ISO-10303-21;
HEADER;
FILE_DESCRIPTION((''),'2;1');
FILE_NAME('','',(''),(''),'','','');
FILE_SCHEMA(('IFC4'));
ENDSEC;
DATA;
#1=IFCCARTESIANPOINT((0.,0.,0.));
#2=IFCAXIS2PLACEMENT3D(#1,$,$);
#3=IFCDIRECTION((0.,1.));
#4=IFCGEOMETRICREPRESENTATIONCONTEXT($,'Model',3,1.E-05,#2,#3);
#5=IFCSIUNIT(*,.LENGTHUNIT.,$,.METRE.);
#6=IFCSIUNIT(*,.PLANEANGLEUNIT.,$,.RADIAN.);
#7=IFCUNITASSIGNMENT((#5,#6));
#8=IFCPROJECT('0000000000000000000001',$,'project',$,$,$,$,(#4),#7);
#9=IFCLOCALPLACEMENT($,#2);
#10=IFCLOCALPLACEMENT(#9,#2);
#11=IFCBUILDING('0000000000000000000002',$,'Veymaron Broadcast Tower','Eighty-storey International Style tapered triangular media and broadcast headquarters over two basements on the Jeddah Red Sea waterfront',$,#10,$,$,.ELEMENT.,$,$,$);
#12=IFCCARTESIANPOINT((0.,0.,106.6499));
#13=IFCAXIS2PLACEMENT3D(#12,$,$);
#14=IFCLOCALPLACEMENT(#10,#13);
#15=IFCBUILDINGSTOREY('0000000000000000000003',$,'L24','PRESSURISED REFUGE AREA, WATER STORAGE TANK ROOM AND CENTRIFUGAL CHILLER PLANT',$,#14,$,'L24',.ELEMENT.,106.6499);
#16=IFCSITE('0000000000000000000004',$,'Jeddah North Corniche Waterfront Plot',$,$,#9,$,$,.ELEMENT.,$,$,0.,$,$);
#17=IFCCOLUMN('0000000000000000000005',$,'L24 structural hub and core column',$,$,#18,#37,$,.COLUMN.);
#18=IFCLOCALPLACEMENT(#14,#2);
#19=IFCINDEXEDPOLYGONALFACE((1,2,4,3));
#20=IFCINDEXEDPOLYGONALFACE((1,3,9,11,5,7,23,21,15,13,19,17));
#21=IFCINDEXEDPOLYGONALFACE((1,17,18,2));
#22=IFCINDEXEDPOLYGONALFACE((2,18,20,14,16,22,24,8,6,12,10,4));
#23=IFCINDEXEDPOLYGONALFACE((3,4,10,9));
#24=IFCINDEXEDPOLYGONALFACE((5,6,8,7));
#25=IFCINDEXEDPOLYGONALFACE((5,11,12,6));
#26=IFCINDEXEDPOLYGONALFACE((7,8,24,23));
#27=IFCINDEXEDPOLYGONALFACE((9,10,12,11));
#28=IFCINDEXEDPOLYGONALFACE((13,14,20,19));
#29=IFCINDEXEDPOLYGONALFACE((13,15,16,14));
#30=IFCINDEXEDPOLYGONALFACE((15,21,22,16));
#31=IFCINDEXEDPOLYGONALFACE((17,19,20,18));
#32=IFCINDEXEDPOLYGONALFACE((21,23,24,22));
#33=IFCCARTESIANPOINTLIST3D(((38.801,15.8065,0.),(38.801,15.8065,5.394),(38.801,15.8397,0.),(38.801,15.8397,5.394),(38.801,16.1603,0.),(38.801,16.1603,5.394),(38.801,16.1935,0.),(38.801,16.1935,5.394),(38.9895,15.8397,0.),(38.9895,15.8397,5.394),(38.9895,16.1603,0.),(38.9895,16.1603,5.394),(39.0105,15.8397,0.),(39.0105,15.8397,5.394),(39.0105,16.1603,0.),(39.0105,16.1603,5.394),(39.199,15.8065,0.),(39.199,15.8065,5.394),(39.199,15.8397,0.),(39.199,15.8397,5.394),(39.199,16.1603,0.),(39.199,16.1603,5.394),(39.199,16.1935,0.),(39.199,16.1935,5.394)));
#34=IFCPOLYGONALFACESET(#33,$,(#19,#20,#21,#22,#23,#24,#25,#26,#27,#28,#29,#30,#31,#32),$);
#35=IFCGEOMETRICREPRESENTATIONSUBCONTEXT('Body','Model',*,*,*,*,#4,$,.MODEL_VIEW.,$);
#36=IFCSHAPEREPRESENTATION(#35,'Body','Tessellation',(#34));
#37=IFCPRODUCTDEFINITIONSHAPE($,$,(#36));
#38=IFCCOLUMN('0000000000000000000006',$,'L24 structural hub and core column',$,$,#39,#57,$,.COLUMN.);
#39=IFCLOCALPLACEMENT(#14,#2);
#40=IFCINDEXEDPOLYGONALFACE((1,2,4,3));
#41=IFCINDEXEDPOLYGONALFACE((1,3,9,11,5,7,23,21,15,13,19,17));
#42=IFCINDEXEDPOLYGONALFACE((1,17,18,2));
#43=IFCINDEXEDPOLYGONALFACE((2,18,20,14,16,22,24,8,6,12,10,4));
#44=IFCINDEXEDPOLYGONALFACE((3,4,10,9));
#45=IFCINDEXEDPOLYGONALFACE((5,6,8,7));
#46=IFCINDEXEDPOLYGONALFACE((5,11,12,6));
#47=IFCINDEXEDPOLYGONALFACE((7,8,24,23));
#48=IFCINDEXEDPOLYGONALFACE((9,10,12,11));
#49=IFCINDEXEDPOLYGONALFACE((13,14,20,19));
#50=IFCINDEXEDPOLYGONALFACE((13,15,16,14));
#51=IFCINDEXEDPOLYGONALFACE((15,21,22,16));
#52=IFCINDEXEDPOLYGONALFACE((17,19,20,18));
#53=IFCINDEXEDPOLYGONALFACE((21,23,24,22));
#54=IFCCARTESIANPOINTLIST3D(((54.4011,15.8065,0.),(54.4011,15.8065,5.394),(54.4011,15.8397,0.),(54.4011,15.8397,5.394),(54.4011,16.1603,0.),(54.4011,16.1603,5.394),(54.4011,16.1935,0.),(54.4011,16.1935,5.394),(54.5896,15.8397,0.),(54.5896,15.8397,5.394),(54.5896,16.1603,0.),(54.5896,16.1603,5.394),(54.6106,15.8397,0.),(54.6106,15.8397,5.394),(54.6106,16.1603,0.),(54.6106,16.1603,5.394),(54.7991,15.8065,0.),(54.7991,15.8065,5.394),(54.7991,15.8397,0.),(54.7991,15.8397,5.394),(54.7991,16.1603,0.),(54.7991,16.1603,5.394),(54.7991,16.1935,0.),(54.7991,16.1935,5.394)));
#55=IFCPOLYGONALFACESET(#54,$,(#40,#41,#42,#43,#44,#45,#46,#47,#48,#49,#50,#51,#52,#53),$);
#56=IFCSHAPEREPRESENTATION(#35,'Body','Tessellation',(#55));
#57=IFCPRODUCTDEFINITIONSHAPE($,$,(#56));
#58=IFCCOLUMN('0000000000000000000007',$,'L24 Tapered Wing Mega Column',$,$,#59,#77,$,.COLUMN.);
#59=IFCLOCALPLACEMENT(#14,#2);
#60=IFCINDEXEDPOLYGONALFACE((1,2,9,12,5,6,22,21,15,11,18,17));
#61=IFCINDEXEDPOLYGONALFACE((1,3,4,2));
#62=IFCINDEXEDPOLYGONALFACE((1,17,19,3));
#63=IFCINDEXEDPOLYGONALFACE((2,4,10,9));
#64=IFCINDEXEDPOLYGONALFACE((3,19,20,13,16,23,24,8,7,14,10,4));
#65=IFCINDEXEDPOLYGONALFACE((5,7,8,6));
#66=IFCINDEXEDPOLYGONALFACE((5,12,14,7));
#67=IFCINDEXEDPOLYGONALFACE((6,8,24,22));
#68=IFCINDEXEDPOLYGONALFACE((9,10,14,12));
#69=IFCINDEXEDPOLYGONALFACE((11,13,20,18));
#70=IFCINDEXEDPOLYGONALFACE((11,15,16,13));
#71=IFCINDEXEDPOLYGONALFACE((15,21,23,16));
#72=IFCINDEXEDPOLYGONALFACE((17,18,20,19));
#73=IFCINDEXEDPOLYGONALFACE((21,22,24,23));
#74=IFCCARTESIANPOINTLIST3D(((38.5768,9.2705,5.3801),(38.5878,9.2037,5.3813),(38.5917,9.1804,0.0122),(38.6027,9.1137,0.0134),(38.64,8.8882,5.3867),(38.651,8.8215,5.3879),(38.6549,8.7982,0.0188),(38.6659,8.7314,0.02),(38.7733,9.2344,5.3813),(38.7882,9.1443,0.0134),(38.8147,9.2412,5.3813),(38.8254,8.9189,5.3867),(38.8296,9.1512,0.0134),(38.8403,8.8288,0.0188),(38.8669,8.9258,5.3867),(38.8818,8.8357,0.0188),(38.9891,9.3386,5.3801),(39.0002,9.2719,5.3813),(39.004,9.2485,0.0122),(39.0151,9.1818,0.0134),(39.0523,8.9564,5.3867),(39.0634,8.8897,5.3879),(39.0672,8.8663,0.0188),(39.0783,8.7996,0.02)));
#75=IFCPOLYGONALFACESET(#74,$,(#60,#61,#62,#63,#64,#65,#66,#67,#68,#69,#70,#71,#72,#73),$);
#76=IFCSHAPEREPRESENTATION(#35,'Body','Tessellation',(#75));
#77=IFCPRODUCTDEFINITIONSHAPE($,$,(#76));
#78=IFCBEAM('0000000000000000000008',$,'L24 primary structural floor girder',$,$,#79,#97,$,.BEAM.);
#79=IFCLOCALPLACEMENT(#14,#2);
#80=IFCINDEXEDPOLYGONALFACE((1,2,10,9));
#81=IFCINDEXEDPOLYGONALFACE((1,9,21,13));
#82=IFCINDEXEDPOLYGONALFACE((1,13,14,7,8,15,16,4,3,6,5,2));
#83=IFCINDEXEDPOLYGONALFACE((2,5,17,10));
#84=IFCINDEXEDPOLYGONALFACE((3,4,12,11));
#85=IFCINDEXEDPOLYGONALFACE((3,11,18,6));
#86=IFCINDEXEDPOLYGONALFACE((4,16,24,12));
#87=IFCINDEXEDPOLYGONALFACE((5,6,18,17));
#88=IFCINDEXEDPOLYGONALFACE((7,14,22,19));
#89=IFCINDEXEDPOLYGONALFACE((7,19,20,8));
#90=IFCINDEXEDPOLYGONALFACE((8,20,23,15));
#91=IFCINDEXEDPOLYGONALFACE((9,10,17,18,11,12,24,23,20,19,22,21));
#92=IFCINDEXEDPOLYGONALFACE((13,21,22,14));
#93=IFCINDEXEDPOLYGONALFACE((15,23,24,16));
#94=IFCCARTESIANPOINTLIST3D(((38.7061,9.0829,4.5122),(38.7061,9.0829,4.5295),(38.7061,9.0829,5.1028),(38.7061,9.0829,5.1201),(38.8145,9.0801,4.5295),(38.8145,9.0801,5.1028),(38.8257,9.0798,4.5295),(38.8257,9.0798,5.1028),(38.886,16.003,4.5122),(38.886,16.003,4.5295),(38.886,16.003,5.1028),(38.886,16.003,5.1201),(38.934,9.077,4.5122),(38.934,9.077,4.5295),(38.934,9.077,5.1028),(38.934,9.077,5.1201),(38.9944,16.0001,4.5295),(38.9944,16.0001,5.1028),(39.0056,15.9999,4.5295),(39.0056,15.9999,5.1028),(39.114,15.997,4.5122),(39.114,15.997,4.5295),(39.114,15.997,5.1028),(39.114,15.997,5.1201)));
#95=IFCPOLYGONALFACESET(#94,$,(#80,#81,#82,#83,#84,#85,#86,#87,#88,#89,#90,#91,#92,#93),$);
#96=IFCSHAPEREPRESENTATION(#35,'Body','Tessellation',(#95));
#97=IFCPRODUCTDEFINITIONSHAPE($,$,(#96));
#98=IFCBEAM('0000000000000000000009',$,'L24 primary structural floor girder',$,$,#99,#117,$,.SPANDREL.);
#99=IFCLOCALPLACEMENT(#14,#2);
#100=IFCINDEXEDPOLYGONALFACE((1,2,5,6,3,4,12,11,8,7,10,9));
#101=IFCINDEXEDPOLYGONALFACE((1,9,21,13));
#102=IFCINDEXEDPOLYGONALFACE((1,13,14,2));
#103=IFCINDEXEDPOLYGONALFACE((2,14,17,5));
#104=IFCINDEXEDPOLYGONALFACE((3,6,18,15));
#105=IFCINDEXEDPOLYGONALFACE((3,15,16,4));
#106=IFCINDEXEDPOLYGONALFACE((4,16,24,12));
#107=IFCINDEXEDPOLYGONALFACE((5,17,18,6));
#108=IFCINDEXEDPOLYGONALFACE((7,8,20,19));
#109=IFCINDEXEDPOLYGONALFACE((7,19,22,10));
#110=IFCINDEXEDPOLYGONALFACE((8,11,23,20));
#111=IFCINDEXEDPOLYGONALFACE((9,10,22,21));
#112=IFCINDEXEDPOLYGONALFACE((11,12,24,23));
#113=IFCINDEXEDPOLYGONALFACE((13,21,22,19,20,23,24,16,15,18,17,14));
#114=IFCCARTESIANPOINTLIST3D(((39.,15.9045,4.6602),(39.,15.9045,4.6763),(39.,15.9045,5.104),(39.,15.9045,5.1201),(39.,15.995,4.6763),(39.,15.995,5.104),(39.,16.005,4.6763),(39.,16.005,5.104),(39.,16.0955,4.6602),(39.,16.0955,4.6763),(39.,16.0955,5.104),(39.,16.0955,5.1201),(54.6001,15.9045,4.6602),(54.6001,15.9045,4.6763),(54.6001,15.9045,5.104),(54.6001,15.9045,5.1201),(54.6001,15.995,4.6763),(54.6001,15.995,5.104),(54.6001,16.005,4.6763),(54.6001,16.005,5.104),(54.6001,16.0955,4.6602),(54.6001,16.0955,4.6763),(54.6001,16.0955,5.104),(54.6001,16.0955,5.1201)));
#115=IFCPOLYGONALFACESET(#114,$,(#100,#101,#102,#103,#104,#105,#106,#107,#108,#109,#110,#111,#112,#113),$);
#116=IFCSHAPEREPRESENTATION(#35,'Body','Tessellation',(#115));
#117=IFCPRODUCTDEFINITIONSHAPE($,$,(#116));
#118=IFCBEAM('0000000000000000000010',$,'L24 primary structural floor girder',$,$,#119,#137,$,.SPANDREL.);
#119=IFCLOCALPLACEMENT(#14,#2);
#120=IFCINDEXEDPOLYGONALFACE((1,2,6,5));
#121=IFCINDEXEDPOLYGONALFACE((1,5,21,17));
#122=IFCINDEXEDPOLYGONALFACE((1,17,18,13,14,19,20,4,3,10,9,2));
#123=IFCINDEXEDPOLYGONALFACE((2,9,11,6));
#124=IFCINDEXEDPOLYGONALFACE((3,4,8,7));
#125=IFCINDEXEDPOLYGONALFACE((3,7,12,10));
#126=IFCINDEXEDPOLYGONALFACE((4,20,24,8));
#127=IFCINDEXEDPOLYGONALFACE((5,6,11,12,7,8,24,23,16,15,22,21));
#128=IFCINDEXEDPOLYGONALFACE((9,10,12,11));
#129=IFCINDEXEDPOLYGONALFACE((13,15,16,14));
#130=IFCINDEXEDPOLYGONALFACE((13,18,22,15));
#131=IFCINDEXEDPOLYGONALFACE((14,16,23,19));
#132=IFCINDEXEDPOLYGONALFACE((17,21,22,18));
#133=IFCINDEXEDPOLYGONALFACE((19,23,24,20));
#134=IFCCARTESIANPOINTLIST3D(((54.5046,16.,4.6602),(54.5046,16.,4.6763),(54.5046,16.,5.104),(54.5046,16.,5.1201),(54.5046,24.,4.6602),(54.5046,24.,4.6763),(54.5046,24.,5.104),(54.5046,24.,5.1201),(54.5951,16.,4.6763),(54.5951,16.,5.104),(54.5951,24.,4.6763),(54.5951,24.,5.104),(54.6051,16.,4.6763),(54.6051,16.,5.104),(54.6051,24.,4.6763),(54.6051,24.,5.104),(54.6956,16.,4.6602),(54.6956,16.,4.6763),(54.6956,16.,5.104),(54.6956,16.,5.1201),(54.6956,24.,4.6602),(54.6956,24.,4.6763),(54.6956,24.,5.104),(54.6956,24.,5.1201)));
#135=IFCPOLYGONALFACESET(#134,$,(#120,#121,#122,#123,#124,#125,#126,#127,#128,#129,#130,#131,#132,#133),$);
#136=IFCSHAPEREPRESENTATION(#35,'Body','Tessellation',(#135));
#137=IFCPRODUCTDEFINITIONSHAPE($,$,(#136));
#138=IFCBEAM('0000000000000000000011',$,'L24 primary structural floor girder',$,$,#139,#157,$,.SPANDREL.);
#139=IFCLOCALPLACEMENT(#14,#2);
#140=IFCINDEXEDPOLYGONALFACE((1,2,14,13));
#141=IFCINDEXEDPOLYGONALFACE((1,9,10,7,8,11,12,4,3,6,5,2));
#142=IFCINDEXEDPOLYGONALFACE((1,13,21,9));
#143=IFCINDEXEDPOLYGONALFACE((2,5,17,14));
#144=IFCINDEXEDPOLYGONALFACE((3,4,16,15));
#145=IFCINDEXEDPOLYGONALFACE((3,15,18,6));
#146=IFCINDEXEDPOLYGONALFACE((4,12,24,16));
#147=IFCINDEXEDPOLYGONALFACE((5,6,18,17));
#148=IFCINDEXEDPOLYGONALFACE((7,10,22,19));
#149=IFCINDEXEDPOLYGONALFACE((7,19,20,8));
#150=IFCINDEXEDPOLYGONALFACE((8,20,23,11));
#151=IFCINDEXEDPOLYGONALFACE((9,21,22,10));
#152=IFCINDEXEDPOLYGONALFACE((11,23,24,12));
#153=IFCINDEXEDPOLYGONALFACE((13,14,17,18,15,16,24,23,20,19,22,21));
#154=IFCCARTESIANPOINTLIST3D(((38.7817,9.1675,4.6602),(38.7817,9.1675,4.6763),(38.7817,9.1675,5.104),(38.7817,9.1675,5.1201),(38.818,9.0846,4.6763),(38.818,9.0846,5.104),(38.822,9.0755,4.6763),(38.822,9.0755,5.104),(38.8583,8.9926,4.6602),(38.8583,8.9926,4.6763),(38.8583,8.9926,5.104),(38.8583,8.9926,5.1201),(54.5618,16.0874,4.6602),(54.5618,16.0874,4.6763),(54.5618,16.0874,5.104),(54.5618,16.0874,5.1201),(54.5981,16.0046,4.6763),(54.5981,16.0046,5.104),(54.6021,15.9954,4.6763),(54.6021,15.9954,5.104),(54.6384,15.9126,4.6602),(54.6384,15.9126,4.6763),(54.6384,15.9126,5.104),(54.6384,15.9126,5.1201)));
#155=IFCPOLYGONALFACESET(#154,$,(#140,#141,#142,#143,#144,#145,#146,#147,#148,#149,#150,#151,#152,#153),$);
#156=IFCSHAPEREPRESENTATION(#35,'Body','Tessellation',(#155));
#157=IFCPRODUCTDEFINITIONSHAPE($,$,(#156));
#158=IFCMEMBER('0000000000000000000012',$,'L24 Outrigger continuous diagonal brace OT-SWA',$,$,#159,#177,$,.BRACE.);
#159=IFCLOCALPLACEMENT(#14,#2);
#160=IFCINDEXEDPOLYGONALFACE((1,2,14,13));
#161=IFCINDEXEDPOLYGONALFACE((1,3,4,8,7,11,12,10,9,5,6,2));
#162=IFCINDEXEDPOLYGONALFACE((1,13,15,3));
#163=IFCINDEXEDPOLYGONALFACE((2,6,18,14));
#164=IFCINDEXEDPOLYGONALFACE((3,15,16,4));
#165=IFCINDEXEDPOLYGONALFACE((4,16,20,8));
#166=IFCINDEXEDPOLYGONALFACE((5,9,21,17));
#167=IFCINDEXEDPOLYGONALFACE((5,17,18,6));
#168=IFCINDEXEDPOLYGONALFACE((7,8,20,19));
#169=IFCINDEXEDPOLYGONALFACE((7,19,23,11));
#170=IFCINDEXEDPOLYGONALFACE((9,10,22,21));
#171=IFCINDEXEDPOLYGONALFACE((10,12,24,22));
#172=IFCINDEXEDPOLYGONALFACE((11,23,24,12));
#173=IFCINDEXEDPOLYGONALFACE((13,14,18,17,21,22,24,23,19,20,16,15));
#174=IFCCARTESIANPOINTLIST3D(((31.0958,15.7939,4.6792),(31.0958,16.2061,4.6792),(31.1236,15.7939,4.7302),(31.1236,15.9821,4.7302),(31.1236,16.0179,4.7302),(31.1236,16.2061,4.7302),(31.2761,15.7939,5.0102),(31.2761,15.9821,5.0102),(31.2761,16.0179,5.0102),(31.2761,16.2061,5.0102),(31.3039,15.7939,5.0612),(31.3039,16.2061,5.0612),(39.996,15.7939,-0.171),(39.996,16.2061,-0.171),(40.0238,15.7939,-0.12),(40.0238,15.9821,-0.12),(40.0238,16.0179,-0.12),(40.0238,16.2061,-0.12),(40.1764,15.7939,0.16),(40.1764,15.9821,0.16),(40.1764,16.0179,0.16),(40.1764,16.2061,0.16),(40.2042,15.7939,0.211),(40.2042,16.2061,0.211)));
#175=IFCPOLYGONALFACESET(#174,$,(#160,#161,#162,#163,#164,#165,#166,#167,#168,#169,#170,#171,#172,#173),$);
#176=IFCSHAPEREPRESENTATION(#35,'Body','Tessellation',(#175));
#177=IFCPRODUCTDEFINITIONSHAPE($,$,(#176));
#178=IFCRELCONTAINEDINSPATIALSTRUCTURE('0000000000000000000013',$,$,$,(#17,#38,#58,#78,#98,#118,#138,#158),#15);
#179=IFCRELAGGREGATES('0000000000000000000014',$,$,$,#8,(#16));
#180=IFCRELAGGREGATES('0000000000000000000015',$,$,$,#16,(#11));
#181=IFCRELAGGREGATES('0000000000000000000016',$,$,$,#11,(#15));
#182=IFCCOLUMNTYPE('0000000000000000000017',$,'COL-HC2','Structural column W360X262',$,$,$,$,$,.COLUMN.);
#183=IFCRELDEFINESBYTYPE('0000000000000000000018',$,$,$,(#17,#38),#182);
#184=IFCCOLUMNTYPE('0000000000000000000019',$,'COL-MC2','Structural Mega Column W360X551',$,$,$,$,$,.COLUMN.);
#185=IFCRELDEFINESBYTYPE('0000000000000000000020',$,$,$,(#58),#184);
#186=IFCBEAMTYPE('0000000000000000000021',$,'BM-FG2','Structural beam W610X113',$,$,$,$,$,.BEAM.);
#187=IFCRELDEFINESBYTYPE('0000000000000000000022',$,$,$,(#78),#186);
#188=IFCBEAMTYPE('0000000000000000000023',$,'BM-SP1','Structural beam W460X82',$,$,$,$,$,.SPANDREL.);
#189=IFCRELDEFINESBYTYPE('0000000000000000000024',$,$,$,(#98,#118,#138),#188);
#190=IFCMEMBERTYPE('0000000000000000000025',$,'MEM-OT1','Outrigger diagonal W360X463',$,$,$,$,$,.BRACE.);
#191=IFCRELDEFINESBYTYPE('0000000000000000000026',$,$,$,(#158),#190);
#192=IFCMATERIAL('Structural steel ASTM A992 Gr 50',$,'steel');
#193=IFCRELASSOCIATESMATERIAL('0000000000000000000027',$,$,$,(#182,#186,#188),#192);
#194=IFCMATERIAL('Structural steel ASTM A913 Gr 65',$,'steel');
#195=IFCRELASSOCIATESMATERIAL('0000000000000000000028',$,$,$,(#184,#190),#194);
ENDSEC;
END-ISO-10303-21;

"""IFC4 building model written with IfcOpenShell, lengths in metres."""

from ifc_helpers import new_model, si_unit, direction, frame, origin, origin_2d, place, context, subcontext, project, spatial, i_section, extrude, material, material_profile, profile_set, type_object, element, save


model = new_model("IFC4")

# Units and contexts
model_context = context("Model", 3, precision=1e-05, world=origin(), true_north=direction((0.0, 1.0)))
body_context = subcontext(model_context, "Body", "Model", "MODEL_VIEW")
ifc_project = project(units=[si_unit("LENGTHUNIT", "METRE"), si_unit("PLANEANGLEUNIT", "RADIAN")], contexts=[model_context])

# Site, building, storey
site_placement = place(None, origin())
site = spatial("IfcSite", under=ifc_project, at=site_placement, Name="Jeddah North Corniche Waterfront Plot", CompositionType="ELEMENT", RefElevation=0.0)
building_placement = place(site_placement, origin())
building = spatial("IfcBuilding", under=site, at=building_placement, Name="Veymaron Broadcast Tower", Description="Eighty-storey International Style tapered triangular media and broadcast headquarters over two basements on the Jeddah Red Sea waterfront", CompositionType="ELEMENT")
storey_placement = place(building_placement, frame((0.0, 0.0, 106.6499)))
storey = spatial("IfcBuildingStorey", under=building, at=storey_placement, Name="L24", Description="PRESSURISED REFUGE AREA, WATER STORAGE TANK ROOM AND CENTRIFUGAL CHILLER PLANT", LongName="L24", CompositionType="ELEMENT", Elevation=106.6499)

# Columns
ifc_material_1 = material(Name="Structural steel ASTM A992 Gr 50", Category="steel")
ifc_material_profile_1 = material_profile(ifc_material_1, i_section(OverallWidth=0.3979, OverallDepth=0.387, WebThickness=0.021, FlangeThickness=0.0332, at=origin_2d()), Name="W360X262")
ifc_profile_set_1 = profile_set([ifc_material_profile_1], Name="Structural steel ASTM A992 Gr 50")
column_type_1 = type_object("IfcColumnType", Name="COL-HC2", Description="Structural column W360X262", PredefinedType="COLUMN", material=ifc_profile_set_1)
for number, where, z_axis, x_axis, name in (
    (1, (39.0, 16.0, 0.0), (0.0, 0.0, 1.0), (1.0, 0.0, 0.0), "L24 structural hub and core column"),
    (2, (54.6001, 16.0, 0.0), (0.0, 0.0, 1.0), (1.0, 0.0, 0.0), "L24 structural hub and core column"),
):
    element("IfcColumn", number, at=place(storey_placement, frame(where, z_axis=z_axis, x_axis=x_axis)), inside=storey, type_object=column_type_1, Name=name, PredefinedType="COLUMN", context=body_context, shape_type="SweptSolid", body=[
        extrude(i_section(OverallWidth=0.3979, OverallDepth=0.387, WebThickness=0.021, FlangeThickness=0.0332, at=origin_2d()), origin(), (0.0, 0.0, 1.0), 5.394),
    ])
ifc_material_2 = material(Name="Structural steel ASTM A913 Gr 65", Category="steel")
ifc_material_profile_2 = material_profile(ifc_material_2, i_section(OverallWidth=0.418, OverallDepth=0.4551, WebThickness=0.042, FlangeThickness=0.0676, at=origin_2d()), Name="W360X551")
ifc_profile_set_2 = profile_set([ifc_material_profile_2], Name="Structural steel ASTM A913 Gr 65")
column_type_2 = type_object("IfcColumnType", Name="COL-MC2", Description="Structural Mega Column W360X551", PredefinedType="COLUMN", material=ifc_profile_set_2)
column_placement = place(storey_placement, frame((38.835, 8.99, 0.0161), z_axis=(-0.002774, 0.01678, 0.999855), x_axis=(-0.98661, -0.163098, 0.0)))
element("IfcColumn", 3, at=column_placement, inside=storey, type_object=column_type_2, Name="L24 Tapered Wing Mega Column", PredefinedType="COLUMN", context=body_context, shape_type="SweptSolid", body=[
    extrude(i_section(OverallWidth=0.418, OverallDepth=0.4551, WebThickness=0.042, FlangeThickness=0.0676, at=origin_2d()), origin(), (0.0, 0.0, 1.0), 5.3687),
])

# Beams
ifc_material_profile_3 = material_profile(ifc_material_1, i_section(OverallWidth=0.228, OverallDepth=0.6079, WebThickness=0.0112, FlangeThickness=0.0173, at=origin_2d()), Name="W610X113")
ifc_profile_set_3 = profile_set([ifc_material_profile_3], Name="Structural steel ASTM A992 Gr 50")
beam_type_1 = type_object("IfcBeamType", Name="BM-FG2", Description="Structural beam W610X113", PredefinedType="BEAM", material=ifc_profile_set_3)
beam_1_placement = place(storey_placement, frame((39.0, 16.0, 4.8162), z_axis=(-0.025993, -0.999662, 0.0), x_axis=(0.999662, -0.025993, 0.0)))
element("IfcBeam", 4, at=beam_1_placement, inside=storey, type_object=beam_type_1, Name="L24 primary structural floor girder", PredefinedType="BEAM", context=body_context, shape_type="SweptSolid", body=[
    extrude(i_section(OverallWidth=0.228, OverallDepth=0.6079, WebThickness=0.0112, FlangeThickness=0.0173, at=origin_2d()), origin(), (0.0, 0.0, 1.0), 6.9224),
])
ifc_material_profile_4 = material_profile(ifc_material_1, i_section(OverallWidth=0.1909, OverallDepth=0.46, WebThickness=0.01, FlangeThickness=0.0161, at=origin_2d()), Name="W460X82")
ifc_profile_set_4 = profile_set([ifc_material_profile_4], Name="Structural steel ASTM A992 Gr 50")
beam_type_2 = type_object("IfcBeamType", Name="BM-SP1", Description="Structural beam W460X82", PredefinedType="SPANDREL", material=ifc_profile_set_4)
beam_2_placement = place(storey_placement, frame((39.0, 16.0, 4.8901), z_axis=(1.0, 0.0, 0.0), x_axis=(0.0, 1.0, 0.0)))
element("IfcBeam", 5, at=beam_2_placement, inside=storey, type_object=beam_type_2, Name="L24 primary structural floor girder", PredefinedType="SPANDREL", context=body_context, shape_type="SweptSolid", body=[
    extrude(i_section(OverallWidth=0.1909, OverallDepth=0.46, WebThickness=0.01, FlangeThickness=0.0161, at=origin_2d()), origin(), (0.0, 0.0, 1.0), 15.6001),
])
beam_3_placement = place(storey_placement, frame((54.6001, 16.0, 4.8901), z_axis=(0.0, 1.0, 0.0), x_axis=(-1.0, 0.0, 0.0)))
element("IfcBeam", 6, at=beam_3_placement, inside=storey, type_object=beam_type_2, Name="L24 primary structural floor girder", PredefinedType="SPANDREL", context=body_context, shape_type="SweptSolid", body=[
    extrude(i_section(OverallWidth=0.1909, OverallDepth=0.46, WebThickness=0.01, FlangeThickness=0.0161, at=origin_2d()), origin(), (0.0, 0.0, 1.0), 8.0),
])
beam_4_placement = place(storey_placement, frame((54.6001, 16.0, 4.8901), z_axis=(-0.915813, -0.401606, 0.0), x_axis=(0.401606, -0.915813, 0.0)))
element("IfcBeam", 7, at=beam_4_placement, inside=storey, type_object=beam_type_2, Name="L24 primary structural floor girder", PredefinedType="SPANDREL", context=body_context, shape_type="SweptSolid", body=[
    extrude(i_section(OverallWidth=0.1909, OverallDepth=0.46, WebThickness=0.01, FlangeThickness=0.0161, at=origin_2d()), origin(), (0.0, 0.0, 1.0), 17.2307),
])

# Member
ifc_material_profile_5 = material_profile(ifc_material_2, i_section(OverallWidth=0.4121, OverallDepth=0.4351, WebThickness=0.0359, FlangeThickness=0.0581, at=origin_2d()), Name="W360X463")
ifc_profile_set_5 = profile_set([ifc_material_profile_5], Name="Structural steel ASTM A913 Gr 65")
member_type = type_object("IfcMemberType", Name="MEM-OT1", Description="Outrigger diagonal W360X463", PredefinedType="BRACE", material=ifc_profile_set_5)
member_1_placement = place(storey_placement, frame((40.1001, 16.0, 0.02), z_axis=(-0.878083, 0.0, 0.478508), x_axis=(0.0, -1.0, 0.0)))
element("IfcMember", 8, at=member_1_placement, inside=storey, type_object=member_type, Name="L24 Outrigger continuous diagonal brace OT-SWA", PredefinedType="BRACE", context=body_context, shape_type="SweptSolid", body=[
    extrude(i_section(OverallWidth=0.4121, OverallDepth=0.4351, WebThickness=0.0359, FlangeThickness=0.0581, at=origin_2d()), origin(), (0.0, 0.0, 1.0), 10.136),
])

save(model, "model.ifc")
